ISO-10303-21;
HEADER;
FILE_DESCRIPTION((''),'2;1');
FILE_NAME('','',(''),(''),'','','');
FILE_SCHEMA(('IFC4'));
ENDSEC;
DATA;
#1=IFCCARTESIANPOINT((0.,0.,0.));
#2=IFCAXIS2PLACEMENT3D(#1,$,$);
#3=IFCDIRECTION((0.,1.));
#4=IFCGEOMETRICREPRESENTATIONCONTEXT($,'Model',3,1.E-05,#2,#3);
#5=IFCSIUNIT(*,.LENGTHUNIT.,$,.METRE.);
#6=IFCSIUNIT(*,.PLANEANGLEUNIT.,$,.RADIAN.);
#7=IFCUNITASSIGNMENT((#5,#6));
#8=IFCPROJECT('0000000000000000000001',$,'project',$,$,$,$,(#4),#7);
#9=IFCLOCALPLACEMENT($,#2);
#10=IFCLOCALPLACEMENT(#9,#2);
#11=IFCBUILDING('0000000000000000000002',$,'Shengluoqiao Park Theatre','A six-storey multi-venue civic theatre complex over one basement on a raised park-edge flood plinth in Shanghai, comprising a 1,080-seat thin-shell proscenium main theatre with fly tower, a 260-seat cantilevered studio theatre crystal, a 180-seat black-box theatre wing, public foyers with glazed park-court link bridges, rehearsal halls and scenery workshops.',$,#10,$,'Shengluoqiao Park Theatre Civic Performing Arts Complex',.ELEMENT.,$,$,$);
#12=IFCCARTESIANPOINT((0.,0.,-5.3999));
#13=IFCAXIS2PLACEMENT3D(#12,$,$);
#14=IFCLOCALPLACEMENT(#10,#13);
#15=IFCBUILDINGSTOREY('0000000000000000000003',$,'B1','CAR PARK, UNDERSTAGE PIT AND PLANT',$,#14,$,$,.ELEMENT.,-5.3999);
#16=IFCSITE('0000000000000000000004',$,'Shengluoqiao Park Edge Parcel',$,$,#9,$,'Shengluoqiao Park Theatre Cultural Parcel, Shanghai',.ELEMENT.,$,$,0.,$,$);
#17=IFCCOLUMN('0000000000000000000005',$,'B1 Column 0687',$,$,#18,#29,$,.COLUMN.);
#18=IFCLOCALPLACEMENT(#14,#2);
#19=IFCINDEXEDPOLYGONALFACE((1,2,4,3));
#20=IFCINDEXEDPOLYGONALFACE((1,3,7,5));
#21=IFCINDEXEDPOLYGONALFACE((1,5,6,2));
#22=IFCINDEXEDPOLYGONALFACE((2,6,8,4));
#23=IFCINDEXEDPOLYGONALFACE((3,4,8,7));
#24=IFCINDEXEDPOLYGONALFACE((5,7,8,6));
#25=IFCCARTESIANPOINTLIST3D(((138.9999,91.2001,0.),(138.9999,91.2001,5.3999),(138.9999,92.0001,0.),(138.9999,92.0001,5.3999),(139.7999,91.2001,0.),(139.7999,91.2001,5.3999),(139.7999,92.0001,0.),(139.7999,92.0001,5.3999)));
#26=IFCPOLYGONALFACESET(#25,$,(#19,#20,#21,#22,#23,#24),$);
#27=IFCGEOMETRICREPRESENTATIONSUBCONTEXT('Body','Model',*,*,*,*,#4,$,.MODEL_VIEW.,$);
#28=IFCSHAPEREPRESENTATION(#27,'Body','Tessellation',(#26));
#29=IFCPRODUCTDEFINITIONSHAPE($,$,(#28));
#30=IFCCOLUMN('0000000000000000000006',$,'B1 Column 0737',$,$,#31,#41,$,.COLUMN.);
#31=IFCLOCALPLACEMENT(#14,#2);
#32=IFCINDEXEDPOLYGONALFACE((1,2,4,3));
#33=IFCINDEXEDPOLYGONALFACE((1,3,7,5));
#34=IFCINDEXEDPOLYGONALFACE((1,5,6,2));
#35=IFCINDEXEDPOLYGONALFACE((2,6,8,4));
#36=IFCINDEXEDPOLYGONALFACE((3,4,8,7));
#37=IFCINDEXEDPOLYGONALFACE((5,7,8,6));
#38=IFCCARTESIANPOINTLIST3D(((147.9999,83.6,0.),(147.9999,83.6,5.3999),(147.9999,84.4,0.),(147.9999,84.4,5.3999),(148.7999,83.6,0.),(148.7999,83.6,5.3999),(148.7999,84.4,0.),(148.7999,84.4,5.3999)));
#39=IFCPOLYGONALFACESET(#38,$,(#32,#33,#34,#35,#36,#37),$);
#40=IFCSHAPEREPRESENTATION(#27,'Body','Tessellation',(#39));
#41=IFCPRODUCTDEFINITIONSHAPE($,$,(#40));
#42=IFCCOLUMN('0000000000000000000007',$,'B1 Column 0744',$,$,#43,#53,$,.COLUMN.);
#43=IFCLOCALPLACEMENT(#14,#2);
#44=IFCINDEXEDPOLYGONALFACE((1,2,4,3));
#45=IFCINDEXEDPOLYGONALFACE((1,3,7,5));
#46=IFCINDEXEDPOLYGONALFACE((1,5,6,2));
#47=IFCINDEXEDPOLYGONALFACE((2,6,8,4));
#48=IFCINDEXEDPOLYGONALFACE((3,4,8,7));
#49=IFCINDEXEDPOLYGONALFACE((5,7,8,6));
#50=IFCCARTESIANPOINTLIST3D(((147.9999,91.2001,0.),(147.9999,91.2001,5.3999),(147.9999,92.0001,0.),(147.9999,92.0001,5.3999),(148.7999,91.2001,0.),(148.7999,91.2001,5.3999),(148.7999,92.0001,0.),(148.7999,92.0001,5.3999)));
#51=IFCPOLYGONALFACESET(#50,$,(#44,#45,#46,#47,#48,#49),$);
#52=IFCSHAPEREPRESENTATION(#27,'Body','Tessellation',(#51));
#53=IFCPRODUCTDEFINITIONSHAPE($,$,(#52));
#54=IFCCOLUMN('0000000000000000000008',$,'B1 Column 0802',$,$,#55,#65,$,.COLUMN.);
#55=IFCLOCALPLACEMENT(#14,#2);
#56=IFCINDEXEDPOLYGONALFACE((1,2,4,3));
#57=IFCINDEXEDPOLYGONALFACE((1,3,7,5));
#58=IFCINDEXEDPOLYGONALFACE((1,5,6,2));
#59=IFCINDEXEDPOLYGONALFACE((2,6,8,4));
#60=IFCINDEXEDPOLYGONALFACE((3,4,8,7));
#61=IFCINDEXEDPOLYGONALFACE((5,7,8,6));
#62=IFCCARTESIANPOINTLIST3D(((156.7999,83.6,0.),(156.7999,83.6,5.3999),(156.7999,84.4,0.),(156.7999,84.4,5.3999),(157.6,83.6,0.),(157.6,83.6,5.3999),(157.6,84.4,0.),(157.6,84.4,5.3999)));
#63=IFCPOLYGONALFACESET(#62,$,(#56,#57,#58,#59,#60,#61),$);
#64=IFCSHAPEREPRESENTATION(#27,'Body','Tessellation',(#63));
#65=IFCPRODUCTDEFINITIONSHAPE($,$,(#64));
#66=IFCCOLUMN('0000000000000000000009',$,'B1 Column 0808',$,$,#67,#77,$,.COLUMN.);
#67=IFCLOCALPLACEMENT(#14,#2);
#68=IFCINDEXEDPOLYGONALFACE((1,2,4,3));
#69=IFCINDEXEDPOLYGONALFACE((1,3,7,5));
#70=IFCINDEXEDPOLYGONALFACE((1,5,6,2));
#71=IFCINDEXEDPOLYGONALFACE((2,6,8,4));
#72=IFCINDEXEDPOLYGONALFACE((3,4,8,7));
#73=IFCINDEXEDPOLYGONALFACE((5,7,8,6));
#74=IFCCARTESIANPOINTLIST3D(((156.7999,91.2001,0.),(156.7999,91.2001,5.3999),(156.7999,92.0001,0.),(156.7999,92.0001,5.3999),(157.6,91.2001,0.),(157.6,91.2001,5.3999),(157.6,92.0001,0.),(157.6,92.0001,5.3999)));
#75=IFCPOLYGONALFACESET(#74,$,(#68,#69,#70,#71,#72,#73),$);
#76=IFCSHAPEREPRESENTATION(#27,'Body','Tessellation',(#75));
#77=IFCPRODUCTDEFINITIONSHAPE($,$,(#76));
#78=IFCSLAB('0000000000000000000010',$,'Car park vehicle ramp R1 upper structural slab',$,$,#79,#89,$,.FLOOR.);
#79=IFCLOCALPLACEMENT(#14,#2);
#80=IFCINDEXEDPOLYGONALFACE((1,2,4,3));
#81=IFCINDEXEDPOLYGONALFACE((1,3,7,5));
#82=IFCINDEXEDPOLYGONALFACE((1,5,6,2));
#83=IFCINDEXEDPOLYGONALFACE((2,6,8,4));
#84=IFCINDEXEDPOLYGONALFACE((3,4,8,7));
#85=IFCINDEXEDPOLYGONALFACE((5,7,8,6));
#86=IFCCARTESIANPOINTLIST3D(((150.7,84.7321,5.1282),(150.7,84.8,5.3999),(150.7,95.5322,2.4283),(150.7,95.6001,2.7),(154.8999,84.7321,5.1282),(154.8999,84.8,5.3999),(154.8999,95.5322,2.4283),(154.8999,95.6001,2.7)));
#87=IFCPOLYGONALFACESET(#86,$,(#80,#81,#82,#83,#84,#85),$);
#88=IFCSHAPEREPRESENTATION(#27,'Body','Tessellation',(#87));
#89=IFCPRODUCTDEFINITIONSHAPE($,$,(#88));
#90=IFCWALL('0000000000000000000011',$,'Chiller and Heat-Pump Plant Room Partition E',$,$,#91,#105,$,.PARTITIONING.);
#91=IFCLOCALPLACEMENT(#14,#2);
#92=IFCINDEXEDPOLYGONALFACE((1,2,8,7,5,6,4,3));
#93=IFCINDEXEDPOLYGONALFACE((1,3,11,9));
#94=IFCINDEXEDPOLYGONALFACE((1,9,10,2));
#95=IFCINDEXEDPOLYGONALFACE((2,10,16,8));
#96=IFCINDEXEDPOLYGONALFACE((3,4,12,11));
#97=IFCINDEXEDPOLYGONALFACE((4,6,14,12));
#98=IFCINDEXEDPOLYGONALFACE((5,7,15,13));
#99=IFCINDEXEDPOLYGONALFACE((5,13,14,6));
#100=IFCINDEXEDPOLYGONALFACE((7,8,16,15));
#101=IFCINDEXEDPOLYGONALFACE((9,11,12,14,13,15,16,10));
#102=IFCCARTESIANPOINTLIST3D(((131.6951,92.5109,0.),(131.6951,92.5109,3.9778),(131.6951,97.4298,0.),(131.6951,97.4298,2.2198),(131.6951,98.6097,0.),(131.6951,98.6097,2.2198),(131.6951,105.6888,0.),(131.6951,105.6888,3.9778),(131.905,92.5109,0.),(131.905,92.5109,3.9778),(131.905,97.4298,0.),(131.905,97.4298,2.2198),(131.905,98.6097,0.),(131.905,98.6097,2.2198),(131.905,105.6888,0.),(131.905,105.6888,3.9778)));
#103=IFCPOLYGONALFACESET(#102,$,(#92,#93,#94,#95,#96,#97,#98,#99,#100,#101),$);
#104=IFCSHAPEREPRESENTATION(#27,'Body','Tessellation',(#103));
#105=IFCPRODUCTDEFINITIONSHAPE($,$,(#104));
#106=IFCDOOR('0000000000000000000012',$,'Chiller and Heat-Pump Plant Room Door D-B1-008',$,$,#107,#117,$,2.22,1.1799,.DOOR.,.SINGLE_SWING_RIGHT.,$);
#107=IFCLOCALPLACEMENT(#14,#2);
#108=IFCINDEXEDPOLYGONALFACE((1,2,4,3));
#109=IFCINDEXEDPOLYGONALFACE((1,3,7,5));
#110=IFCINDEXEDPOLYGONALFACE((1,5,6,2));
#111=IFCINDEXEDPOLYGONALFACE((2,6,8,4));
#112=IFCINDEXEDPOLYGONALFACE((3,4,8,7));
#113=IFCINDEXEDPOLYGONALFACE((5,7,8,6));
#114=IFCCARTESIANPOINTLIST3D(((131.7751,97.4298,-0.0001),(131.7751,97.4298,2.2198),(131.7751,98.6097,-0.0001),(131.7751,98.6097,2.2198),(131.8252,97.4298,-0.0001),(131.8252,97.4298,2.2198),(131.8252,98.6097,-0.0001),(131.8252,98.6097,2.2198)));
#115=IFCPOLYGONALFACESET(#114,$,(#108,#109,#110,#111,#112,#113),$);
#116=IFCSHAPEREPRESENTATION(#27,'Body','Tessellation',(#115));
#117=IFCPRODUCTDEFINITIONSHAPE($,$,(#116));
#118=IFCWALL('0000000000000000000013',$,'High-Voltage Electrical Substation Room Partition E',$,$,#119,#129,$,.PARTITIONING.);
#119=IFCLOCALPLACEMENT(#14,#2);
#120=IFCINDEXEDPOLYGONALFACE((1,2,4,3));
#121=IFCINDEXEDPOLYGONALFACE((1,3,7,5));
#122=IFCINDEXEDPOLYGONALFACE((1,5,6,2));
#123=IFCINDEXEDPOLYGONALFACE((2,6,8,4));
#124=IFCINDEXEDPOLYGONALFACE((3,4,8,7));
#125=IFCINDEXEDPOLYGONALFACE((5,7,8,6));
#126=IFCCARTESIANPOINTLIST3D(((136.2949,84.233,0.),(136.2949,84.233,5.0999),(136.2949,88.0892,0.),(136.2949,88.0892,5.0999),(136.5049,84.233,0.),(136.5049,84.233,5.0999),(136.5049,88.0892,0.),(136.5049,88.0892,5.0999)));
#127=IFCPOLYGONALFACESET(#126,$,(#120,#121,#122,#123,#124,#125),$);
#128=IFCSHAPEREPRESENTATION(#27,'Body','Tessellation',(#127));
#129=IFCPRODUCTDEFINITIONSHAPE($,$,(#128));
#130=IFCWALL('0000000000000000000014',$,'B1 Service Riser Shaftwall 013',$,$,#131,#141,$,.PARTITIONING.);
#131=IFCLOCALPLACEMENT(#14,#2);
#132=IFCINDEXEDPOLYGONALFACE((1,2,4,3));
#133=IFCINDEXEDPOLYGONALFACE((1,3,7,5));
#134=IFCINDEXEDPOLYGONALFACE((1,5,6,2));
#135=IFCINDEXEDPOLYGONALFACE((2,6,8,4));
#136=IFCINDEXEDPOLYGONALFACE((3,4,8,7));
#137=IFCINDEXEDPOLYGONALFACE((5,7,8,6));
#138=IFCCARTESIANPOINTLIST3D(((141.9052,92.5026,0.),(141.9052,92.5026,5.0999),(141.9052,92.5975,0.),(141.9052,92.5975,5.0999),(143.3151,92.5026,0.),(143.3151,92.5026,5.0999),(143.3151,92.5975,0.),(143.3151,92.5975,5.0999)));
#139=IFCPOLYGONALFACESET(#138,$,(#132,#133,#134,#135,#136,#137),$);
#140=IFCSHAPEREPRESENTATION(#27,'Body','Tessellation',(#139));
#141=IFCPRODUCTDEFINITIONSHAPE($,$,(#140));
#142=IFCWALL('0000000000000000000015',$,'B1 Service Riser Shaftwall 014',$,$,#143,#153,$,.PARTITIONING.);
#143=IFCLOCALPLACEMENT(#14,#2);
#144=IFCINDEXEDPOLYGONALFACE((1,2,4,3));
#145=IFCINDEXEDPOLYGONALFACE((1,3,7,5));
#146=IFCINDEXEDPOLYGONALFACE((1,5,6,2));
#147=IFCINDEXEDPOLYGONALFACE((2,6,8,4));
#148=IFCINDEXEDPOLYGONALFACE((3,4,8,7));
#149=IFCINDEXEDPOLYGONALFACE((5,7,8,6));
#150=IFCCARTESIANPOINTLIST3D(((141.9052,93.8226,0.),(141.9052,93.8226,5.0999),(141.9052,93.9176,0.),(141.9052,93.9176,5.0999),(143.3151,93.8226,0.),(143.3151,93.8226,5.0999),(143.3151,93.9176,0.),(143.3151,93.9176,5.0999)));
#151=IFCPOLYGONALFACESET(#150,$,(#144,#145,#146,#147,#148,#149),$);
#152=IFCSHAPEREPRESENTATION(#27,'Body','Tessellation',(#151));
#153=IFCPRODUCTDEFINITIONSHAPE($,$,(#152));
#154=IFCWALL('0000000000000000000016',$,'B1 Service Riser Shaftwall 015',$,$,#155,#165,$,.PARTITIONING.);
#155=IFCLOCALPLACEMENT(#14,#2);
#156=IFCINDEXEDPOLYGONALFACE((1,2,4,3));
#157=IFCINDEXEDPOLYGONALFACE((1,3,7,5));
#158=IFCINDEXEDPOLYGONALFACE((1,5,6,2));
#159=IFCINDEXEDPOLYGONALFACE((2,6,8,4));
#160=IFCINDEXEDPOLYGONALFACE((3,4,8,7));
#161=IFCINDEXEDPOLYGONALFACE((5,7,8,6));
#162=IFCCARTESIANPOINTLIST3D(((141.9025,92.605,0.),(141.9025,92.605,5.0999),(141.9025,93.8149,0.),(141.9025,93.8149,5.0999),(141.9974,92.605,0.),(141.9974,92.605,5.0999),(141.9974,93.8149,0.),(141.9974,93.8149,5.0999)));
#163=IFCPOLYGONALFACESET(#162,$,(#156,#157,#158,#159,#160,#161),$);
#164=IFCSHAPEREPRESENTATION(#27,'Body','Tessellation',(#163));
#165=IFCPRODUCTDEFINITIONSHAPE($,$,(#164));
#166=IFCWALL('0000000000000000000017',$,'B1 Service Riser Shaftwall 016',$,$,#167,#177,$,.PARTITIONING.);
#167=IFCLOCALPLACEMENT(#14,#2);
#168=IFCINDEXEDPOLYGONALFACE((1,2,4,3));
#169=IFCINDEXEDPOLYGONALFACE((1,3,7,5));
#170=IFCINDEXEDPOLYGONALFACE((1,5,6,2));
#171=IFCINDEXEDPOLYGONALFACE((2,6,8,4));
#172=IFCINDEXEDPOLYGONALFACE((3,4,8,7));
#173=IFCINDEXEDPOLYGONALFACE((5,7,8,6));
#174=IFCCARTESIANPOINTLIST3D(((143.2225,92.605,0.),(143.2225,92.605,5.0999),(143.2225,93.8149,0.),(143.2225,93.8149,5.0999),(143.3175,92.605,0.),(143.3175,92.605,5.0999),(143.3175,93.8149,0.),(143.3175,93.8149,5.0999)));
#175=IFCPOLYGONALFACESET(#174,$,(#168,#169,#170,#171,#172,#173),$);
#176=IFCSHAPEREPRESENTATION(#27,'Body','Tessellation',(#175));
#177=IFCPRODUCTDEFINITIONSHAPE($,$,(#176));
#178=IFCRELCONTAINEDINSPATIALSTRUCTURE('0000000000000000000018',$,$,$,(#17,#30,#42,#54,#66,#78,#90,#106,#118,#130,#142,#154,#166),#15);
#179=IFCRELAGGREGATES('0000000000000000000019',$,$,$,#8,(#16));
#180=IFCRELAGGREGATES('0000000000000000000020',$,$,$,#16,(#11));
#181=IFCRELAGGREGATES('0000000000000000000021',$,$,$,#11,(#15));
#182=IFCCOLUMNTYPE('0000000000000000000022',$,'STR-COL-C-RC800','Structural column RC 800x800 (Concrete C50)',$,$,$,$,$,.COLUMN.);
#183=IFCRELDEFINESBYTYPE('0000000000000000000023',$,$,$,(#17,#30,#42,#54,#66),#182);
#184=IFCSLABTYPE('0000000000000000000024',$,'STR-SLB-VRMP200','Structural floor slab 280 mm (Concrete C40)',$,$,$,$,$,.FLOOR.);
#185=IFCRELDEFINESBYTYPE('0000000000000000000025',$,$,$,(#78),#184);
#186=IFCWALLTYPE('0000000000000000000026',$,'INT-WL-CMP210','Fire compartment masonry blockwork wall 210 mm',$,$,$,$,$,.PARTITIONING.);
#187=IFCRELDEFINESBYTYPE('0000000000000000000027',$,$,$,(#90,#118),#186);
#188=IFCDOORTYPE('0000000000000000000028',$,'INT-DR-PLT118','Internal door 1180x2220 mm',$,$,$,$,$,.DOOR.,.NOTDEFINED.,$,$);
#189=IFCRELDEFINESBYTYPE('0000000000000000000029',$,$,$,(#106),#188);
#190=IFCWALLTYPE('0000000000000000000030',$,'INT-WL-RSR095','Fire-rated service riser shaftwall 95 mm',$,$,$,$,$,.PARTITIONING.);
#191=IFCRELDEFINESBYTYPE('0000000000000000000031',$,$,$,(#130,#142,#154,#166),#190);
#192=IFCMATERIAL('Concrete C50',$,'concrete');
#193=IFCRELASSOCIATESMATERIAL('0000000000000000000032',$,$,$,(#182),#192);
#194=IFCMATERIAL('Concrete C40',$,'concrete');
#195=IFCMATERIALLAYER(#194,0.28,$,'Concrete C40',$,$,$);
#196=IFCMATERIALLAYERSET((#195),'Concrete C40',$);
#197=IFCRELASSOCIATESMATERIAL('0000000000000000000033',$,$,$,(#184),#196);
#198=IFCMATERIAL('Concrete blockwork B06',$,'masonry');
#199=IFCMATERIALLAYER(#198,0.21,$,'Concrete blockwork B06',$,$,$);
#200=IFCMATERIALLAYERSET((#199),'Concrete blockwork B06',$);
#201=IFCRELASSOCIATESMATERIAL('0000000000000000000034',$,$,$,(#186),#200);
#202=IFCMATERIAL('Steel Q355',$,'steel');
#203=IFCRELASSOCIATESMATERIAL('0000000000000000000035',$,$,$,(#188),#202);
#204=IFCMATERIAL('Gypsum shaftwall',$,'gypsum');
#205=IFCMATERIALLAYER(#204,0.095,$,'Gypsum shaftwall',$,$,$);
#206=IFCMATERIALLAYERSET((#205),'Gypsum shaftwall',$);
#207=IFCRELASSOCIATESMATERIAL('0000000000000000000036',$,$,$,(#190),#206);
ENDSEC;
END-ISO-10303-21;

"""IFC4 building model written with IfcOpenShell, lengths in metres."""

from ifc_helpers import new_model, si_unit, direction, frame, frame_2d, origin, origin_2d, place, context, subcontext, project, spatial, polyline, rectangle, outline, extrude, material, layer, layer_set, material_profile, profile_set, type_object, element, fill, save


model = new_model("IFC4")

# Units and contexts
model_context = context("Model", 3, precision=1e-05, world=origin(), true_north=direction((0.0, 1.0)))
body_context = subcontext(model_context, "Body", "Model", "MODEL_VIEW")
ifc_project = project(units=[si_unit("LENGTHUNIT", "METRE"), si_unit("PLANEANGLEUNIT", "RADIAN")], contexts=[model_context])

# Site, building, storey
site_placement = place(None, origin())
site = spatial("IfcSite", under=ifc_project, at=site_placement, Name="Shengluoqiao Park Edge Parcel", LongName="Shengluoqiao Park Theatre Cultural Parcel, Shanghai", CompositionType="ELEMENT", RefElevation=0.0)
building_placement = place(site_placement, origin())
building = spatial("IfcBuilding", under=site, at=building_placement, Name="Shengluoqiao Park Theatre", Description="A six-storey multi-venue civic theatre complex over one basement on a raised park-edge flood plinth in Shanghai, comprising a 1,080-seat thin-shell proscenium main theatre with fly tower, a 260-seat cantilevered studio theatre crystal, a 180-seat black-box theatre wing, public foyers with glazed park-court link bridges, rehearsal halls and scenery workshops.", LongName="Shengluoqiao Park Theatre Civic Performing Arts Complex", CompositionType="ELEMENT")
storey_placement = place(building_placement, frame((0.0, 0.0, -5.3999)))
storey = spatial("IfcBuildingStorey", under=building, at=storey_placement, Name="B1", Description="CAR PARK, UNDERSTAGE PIT AND PLANT", CompositionType="ELEMENT", Elevation=-5.3999)

# Shared definitions
ifc_material_1 = material(Name="Concrete C40", Category="concrete")

# Columns
ifc_material_2 = material(Name="Steel Q355", Category="steel")
ifc_material_3 = material(Name="Concrete C50", Category="concrete")
ifc_material_profile_1 = material_profile(ifc_material_3, rectangle(XDim=0.8, YDim=0.8, at=origin_2d()), Name="RC 800x800")
ifc_profile_set_1 = profile_set([ifc_material_profile_1], Name="Concrete C50")
column_type_1 = type_object("IfcColumnType", Name="STR-COL-C-RC800", Description="Structural column RC 800x800 (Concrete C50)", PredefinedType="COLUMN", material=ifc_profile_set_1)
for number, where, z_axis, x_axis, name in (
    (1, (139.3999, 91.6001, 0.0), (0.0, 0.0, 1.0), (1.0, 0.0, 0.0), "B1 Column 0687"),
    (2, (148.3999, 84.0, 0.0), (0.0, 0.0, 1.0), (1.0, 0.0, 0.0), "B1 Column 0737"),
    (3, (148.3999, 91.6001, 0.0), (0.0, 0.0, 1.0), (1.0, 0.0, 0.0), "B1 Column 0744"),
    (4, (157.2, 84.0, 0.0), (0.0, 0.0, 1.0), (1.0, 0.0, 0.0), "B1 Column 0802"),
    (5, (157.2, 91.6001, 0.0), (0.0, 0.0, 1.0), (1.0, 0.0, 0.0), "B1 Column 0808"),
):
    element("IfcColumn", number, at=place(storey_placement, frame(where, z_axis=z_axis, x_axis=x_axis)), inside=storey, type_object=column_type_1, Name=name, PredefinedType="COLUMN", context=body_context, shape_type="SweptSolid", body=[
        extrude(rectangle(XDim=0.8, YDim=0.8, at=origin_2d()), origin(), (0.0, 0.0, 1.0), 5.3999),
    ])

# Slab
ifc_layer_1 = layer(ifc_material_1, 0.28, Name="Concrete C40")
ifc_layer_set_1 = layer_set([ifc_layer_1], Name="Concrete C40")
slab_type = type_object("IfcSlabType", Name="STR-SLB-VRMP200", Description="Structural floor slab 280 mm (Concrete C40)", PredefinedType="FLOOR", material=ifc_layer_set_1)
slab_placement = place(storey_placement, frame((150.7, 95.6001, 2.7), z_axis=(0.0, 0.24253, 0.970144), x_axis=(1.0, 0.0, 0.0)))
element("IfcSlab", 6, at=slab_placement, inside=storey, type_object=slab_type, Name="Car park vehicle ramp R1 upper structural slab", PredefinedType="FLOOR", context=body_context, shape_type="SweptSolid", body=[
    extrude(outline(polyline([(0.0, 0.0), (4.2, 0.0), (4.2, -11.1324), (0.0, -11.1324), (0.0, 0.0)])), origin(), (0.0, 0.0, -1.0), 0.28),
])

# Wall, opening, door
ifc_material_4 = material(Name="Concrete blockwork B06", Category="masonry")
ifc_layer_2 = layer(ifc_material_4, 0.21, Name="Concrete blockwork B06")
ifc_layer_set_2 = layer_set([ifc_layer_2], Name="Concrete blockwork B06")
wall_type_1 = type_object("IfcWallType", Name="INT-WL-CMP210", Description="Fire compartment masonry blockwork wall 210 mm", PredefinedType="PARTITIONING", material=ifc_layer_set_2)
wall_1_placement = place(storey_placement, frame((131.8, 92.511, 0.0), z_axis=(0.0, 0.0, 1.0), x_axis=(0.0, 1.0, 0.0)))
wall_1 = element("IfcWall", 7, at=wall_1_placement, inside=storey, type_object=wall_type_1, Name="Chiller and Heat-Pump Plant Room Partition E", PredefinedType="PARTITIONING", context=body_context, shape_type="SweptSolid", body=[
    extrude(rectangle(XDim=13.178, YDim=0.21, at=frame_2d((6.5889, 0.0))), origin(), (0.0, 0.0, 1.0), 3.9778),
])
opening_1_placement = place(wall_1_placement, frame((4.9189, 0.0, 0.0)))
opening_1 = element("IfcOpeningElement", 8, at=opening_1_placement, cuts=wall_1, PredefinedType="OPENING", context=body_context, shape_type="SweptSolid", body=[
    extrude(rectangle(XDim=1.1799, YDim=2.22, at=frame_2d((0.5898, 1.1099))), frame((0.0, 0.115, 0.0), z_axis=(0.0, -1.0, 0.0), x_axis=(1.0, 0.0, 0.0)), (0.0, 0.0, 1.0), 0.23),
])
door_type_1 = type_object("IfcDoorType", Name="INT-DR-PLT118", Description="Internal door 1180x2220 mm", OperationType="NOTDEFINED", PredefinedType="DOOR", material=ifc_material_2)
door_1_placement = place(opening_1_placement, origin())
door_1 = element("IfcDoor", 9, at=door_1_placement, inside=storey, type_object=door_type_1, Name="Chiller and Heat-Pump Plant Room Door D-B1-008", OperationType="SINGLE_SWING_RIGHT", OverallHeight=2.22, OverallWidth=1.1799, PredefinedType="DOOR", context=body_context, shape_type="SweptSolid", body=[
    extrude(rectangle(XDim=1.1799, YDim=2.22, at=frame_2d((0.5898, 1.1099))), frame((0.0, 0.0249, 0.0), z_axis=(0.0, -1.0, 0.0), x_axis=(1.0, 0.0, 0.0)), (0.0, 0.0, 1.0), 0.05),
])
fill(opening_1, door_1)

# Walls
wall_2_placement = place(storey_placement, frame((136.3999, 84.2329, 0.0), z_axis=(0.0, 0.0, 1.0), x_axis=(0.0, 1.0, 0.0)))
element("IfcWall", 10, at=wall_2_placement, inside=storey, type_object=wall_type_1, Name="High-Voltage Electrical Substation Room Partition E", PredefinedType="PARTITIONING", context=body_context, shape_type="SweptSolid", body=[
    extrude(rectangle(XDim=3.8562, YDim=0.21, at=frame_2d((1.9282, 0.0))), origin(), (0.0, 0.0, 1.0), 5.0999),
])
ifc_material_5 = material(Name="Gypsum shaftwall", Category="gypsum")
ifc_layer_3 = layer(ifc_material_5, 0.095, Name="Gypsum shaftwall")
ifc_layer_set_3 = layer_set([ifc_layer_3], Name="Gypsum shaftwall")
wall_type_2 = type_object("IfcWallType", Name="INT-WL-RSR095", Description="Fire-rated service riser shaftwall 95 mm", PredefinedType="PARTITIONING", material=ifc_layer_set_3)
for number, where, z_axis, x_axis, name in (
    (11, (141.905, 92.55, 0.0), (0.0, 0.0, 1.0), (1.0, 0.0, 0.0), "B1 Service Riser Shaftwall 013"),
    (12, (141.905, 93.8701, 0.0), (0.0, 0.0, 1.0), (1.0, 0.0, 0.0), "B1 Service Riser Shaftwall 014"),
):
    element("IfcWall", number, at=place(storey_placement, frame(where, z_axis=z_axis, x_axis=x_axis)), inside=storey, type_object=wall_type_2, Name=name, PredefinedType="PARTITIONING", context=body_context, shape_type="SweptSolid", body=[
        extrude(rectangle(XDim=1.4099, YDim=0.095, at=frame_2d((0.7051, 0.0))), origin(), (0.0, 0.0, 1.0), 5.0999),
    ])
for number, where, z_axis, x_axis, name in (
    (13, (141.95, 92.605, 0.0), (0.0, 0.0, 1.0), (0.0, 1.0, 0.0), "B1 Service Riser Shaftwall 015"),
    (14, (143.27, 92.605, 0.0), (0.0, 0.0, 1.0), (0.0, 1.0, 0.0), "B1 Service Riser Shaftwall 016"),
):
    element("IfcWall", number, at=place(storey_placement, frame(where, z_axis=z_axis, x_axis=x_axis)), inside=storey, type_object=wall_type_2, Name=name, PredefinedType="PARTITIONING", context=body_context, shape_type="SweptSolid", body=[
        extrude(rectangle(XDim=1.21, YDim=0.095, at=frame_2d((0.605, 0.0))), origin(), (0.0, 0.0, 1.0), 5.0999),
    ])

save(model, "model.ifc")
